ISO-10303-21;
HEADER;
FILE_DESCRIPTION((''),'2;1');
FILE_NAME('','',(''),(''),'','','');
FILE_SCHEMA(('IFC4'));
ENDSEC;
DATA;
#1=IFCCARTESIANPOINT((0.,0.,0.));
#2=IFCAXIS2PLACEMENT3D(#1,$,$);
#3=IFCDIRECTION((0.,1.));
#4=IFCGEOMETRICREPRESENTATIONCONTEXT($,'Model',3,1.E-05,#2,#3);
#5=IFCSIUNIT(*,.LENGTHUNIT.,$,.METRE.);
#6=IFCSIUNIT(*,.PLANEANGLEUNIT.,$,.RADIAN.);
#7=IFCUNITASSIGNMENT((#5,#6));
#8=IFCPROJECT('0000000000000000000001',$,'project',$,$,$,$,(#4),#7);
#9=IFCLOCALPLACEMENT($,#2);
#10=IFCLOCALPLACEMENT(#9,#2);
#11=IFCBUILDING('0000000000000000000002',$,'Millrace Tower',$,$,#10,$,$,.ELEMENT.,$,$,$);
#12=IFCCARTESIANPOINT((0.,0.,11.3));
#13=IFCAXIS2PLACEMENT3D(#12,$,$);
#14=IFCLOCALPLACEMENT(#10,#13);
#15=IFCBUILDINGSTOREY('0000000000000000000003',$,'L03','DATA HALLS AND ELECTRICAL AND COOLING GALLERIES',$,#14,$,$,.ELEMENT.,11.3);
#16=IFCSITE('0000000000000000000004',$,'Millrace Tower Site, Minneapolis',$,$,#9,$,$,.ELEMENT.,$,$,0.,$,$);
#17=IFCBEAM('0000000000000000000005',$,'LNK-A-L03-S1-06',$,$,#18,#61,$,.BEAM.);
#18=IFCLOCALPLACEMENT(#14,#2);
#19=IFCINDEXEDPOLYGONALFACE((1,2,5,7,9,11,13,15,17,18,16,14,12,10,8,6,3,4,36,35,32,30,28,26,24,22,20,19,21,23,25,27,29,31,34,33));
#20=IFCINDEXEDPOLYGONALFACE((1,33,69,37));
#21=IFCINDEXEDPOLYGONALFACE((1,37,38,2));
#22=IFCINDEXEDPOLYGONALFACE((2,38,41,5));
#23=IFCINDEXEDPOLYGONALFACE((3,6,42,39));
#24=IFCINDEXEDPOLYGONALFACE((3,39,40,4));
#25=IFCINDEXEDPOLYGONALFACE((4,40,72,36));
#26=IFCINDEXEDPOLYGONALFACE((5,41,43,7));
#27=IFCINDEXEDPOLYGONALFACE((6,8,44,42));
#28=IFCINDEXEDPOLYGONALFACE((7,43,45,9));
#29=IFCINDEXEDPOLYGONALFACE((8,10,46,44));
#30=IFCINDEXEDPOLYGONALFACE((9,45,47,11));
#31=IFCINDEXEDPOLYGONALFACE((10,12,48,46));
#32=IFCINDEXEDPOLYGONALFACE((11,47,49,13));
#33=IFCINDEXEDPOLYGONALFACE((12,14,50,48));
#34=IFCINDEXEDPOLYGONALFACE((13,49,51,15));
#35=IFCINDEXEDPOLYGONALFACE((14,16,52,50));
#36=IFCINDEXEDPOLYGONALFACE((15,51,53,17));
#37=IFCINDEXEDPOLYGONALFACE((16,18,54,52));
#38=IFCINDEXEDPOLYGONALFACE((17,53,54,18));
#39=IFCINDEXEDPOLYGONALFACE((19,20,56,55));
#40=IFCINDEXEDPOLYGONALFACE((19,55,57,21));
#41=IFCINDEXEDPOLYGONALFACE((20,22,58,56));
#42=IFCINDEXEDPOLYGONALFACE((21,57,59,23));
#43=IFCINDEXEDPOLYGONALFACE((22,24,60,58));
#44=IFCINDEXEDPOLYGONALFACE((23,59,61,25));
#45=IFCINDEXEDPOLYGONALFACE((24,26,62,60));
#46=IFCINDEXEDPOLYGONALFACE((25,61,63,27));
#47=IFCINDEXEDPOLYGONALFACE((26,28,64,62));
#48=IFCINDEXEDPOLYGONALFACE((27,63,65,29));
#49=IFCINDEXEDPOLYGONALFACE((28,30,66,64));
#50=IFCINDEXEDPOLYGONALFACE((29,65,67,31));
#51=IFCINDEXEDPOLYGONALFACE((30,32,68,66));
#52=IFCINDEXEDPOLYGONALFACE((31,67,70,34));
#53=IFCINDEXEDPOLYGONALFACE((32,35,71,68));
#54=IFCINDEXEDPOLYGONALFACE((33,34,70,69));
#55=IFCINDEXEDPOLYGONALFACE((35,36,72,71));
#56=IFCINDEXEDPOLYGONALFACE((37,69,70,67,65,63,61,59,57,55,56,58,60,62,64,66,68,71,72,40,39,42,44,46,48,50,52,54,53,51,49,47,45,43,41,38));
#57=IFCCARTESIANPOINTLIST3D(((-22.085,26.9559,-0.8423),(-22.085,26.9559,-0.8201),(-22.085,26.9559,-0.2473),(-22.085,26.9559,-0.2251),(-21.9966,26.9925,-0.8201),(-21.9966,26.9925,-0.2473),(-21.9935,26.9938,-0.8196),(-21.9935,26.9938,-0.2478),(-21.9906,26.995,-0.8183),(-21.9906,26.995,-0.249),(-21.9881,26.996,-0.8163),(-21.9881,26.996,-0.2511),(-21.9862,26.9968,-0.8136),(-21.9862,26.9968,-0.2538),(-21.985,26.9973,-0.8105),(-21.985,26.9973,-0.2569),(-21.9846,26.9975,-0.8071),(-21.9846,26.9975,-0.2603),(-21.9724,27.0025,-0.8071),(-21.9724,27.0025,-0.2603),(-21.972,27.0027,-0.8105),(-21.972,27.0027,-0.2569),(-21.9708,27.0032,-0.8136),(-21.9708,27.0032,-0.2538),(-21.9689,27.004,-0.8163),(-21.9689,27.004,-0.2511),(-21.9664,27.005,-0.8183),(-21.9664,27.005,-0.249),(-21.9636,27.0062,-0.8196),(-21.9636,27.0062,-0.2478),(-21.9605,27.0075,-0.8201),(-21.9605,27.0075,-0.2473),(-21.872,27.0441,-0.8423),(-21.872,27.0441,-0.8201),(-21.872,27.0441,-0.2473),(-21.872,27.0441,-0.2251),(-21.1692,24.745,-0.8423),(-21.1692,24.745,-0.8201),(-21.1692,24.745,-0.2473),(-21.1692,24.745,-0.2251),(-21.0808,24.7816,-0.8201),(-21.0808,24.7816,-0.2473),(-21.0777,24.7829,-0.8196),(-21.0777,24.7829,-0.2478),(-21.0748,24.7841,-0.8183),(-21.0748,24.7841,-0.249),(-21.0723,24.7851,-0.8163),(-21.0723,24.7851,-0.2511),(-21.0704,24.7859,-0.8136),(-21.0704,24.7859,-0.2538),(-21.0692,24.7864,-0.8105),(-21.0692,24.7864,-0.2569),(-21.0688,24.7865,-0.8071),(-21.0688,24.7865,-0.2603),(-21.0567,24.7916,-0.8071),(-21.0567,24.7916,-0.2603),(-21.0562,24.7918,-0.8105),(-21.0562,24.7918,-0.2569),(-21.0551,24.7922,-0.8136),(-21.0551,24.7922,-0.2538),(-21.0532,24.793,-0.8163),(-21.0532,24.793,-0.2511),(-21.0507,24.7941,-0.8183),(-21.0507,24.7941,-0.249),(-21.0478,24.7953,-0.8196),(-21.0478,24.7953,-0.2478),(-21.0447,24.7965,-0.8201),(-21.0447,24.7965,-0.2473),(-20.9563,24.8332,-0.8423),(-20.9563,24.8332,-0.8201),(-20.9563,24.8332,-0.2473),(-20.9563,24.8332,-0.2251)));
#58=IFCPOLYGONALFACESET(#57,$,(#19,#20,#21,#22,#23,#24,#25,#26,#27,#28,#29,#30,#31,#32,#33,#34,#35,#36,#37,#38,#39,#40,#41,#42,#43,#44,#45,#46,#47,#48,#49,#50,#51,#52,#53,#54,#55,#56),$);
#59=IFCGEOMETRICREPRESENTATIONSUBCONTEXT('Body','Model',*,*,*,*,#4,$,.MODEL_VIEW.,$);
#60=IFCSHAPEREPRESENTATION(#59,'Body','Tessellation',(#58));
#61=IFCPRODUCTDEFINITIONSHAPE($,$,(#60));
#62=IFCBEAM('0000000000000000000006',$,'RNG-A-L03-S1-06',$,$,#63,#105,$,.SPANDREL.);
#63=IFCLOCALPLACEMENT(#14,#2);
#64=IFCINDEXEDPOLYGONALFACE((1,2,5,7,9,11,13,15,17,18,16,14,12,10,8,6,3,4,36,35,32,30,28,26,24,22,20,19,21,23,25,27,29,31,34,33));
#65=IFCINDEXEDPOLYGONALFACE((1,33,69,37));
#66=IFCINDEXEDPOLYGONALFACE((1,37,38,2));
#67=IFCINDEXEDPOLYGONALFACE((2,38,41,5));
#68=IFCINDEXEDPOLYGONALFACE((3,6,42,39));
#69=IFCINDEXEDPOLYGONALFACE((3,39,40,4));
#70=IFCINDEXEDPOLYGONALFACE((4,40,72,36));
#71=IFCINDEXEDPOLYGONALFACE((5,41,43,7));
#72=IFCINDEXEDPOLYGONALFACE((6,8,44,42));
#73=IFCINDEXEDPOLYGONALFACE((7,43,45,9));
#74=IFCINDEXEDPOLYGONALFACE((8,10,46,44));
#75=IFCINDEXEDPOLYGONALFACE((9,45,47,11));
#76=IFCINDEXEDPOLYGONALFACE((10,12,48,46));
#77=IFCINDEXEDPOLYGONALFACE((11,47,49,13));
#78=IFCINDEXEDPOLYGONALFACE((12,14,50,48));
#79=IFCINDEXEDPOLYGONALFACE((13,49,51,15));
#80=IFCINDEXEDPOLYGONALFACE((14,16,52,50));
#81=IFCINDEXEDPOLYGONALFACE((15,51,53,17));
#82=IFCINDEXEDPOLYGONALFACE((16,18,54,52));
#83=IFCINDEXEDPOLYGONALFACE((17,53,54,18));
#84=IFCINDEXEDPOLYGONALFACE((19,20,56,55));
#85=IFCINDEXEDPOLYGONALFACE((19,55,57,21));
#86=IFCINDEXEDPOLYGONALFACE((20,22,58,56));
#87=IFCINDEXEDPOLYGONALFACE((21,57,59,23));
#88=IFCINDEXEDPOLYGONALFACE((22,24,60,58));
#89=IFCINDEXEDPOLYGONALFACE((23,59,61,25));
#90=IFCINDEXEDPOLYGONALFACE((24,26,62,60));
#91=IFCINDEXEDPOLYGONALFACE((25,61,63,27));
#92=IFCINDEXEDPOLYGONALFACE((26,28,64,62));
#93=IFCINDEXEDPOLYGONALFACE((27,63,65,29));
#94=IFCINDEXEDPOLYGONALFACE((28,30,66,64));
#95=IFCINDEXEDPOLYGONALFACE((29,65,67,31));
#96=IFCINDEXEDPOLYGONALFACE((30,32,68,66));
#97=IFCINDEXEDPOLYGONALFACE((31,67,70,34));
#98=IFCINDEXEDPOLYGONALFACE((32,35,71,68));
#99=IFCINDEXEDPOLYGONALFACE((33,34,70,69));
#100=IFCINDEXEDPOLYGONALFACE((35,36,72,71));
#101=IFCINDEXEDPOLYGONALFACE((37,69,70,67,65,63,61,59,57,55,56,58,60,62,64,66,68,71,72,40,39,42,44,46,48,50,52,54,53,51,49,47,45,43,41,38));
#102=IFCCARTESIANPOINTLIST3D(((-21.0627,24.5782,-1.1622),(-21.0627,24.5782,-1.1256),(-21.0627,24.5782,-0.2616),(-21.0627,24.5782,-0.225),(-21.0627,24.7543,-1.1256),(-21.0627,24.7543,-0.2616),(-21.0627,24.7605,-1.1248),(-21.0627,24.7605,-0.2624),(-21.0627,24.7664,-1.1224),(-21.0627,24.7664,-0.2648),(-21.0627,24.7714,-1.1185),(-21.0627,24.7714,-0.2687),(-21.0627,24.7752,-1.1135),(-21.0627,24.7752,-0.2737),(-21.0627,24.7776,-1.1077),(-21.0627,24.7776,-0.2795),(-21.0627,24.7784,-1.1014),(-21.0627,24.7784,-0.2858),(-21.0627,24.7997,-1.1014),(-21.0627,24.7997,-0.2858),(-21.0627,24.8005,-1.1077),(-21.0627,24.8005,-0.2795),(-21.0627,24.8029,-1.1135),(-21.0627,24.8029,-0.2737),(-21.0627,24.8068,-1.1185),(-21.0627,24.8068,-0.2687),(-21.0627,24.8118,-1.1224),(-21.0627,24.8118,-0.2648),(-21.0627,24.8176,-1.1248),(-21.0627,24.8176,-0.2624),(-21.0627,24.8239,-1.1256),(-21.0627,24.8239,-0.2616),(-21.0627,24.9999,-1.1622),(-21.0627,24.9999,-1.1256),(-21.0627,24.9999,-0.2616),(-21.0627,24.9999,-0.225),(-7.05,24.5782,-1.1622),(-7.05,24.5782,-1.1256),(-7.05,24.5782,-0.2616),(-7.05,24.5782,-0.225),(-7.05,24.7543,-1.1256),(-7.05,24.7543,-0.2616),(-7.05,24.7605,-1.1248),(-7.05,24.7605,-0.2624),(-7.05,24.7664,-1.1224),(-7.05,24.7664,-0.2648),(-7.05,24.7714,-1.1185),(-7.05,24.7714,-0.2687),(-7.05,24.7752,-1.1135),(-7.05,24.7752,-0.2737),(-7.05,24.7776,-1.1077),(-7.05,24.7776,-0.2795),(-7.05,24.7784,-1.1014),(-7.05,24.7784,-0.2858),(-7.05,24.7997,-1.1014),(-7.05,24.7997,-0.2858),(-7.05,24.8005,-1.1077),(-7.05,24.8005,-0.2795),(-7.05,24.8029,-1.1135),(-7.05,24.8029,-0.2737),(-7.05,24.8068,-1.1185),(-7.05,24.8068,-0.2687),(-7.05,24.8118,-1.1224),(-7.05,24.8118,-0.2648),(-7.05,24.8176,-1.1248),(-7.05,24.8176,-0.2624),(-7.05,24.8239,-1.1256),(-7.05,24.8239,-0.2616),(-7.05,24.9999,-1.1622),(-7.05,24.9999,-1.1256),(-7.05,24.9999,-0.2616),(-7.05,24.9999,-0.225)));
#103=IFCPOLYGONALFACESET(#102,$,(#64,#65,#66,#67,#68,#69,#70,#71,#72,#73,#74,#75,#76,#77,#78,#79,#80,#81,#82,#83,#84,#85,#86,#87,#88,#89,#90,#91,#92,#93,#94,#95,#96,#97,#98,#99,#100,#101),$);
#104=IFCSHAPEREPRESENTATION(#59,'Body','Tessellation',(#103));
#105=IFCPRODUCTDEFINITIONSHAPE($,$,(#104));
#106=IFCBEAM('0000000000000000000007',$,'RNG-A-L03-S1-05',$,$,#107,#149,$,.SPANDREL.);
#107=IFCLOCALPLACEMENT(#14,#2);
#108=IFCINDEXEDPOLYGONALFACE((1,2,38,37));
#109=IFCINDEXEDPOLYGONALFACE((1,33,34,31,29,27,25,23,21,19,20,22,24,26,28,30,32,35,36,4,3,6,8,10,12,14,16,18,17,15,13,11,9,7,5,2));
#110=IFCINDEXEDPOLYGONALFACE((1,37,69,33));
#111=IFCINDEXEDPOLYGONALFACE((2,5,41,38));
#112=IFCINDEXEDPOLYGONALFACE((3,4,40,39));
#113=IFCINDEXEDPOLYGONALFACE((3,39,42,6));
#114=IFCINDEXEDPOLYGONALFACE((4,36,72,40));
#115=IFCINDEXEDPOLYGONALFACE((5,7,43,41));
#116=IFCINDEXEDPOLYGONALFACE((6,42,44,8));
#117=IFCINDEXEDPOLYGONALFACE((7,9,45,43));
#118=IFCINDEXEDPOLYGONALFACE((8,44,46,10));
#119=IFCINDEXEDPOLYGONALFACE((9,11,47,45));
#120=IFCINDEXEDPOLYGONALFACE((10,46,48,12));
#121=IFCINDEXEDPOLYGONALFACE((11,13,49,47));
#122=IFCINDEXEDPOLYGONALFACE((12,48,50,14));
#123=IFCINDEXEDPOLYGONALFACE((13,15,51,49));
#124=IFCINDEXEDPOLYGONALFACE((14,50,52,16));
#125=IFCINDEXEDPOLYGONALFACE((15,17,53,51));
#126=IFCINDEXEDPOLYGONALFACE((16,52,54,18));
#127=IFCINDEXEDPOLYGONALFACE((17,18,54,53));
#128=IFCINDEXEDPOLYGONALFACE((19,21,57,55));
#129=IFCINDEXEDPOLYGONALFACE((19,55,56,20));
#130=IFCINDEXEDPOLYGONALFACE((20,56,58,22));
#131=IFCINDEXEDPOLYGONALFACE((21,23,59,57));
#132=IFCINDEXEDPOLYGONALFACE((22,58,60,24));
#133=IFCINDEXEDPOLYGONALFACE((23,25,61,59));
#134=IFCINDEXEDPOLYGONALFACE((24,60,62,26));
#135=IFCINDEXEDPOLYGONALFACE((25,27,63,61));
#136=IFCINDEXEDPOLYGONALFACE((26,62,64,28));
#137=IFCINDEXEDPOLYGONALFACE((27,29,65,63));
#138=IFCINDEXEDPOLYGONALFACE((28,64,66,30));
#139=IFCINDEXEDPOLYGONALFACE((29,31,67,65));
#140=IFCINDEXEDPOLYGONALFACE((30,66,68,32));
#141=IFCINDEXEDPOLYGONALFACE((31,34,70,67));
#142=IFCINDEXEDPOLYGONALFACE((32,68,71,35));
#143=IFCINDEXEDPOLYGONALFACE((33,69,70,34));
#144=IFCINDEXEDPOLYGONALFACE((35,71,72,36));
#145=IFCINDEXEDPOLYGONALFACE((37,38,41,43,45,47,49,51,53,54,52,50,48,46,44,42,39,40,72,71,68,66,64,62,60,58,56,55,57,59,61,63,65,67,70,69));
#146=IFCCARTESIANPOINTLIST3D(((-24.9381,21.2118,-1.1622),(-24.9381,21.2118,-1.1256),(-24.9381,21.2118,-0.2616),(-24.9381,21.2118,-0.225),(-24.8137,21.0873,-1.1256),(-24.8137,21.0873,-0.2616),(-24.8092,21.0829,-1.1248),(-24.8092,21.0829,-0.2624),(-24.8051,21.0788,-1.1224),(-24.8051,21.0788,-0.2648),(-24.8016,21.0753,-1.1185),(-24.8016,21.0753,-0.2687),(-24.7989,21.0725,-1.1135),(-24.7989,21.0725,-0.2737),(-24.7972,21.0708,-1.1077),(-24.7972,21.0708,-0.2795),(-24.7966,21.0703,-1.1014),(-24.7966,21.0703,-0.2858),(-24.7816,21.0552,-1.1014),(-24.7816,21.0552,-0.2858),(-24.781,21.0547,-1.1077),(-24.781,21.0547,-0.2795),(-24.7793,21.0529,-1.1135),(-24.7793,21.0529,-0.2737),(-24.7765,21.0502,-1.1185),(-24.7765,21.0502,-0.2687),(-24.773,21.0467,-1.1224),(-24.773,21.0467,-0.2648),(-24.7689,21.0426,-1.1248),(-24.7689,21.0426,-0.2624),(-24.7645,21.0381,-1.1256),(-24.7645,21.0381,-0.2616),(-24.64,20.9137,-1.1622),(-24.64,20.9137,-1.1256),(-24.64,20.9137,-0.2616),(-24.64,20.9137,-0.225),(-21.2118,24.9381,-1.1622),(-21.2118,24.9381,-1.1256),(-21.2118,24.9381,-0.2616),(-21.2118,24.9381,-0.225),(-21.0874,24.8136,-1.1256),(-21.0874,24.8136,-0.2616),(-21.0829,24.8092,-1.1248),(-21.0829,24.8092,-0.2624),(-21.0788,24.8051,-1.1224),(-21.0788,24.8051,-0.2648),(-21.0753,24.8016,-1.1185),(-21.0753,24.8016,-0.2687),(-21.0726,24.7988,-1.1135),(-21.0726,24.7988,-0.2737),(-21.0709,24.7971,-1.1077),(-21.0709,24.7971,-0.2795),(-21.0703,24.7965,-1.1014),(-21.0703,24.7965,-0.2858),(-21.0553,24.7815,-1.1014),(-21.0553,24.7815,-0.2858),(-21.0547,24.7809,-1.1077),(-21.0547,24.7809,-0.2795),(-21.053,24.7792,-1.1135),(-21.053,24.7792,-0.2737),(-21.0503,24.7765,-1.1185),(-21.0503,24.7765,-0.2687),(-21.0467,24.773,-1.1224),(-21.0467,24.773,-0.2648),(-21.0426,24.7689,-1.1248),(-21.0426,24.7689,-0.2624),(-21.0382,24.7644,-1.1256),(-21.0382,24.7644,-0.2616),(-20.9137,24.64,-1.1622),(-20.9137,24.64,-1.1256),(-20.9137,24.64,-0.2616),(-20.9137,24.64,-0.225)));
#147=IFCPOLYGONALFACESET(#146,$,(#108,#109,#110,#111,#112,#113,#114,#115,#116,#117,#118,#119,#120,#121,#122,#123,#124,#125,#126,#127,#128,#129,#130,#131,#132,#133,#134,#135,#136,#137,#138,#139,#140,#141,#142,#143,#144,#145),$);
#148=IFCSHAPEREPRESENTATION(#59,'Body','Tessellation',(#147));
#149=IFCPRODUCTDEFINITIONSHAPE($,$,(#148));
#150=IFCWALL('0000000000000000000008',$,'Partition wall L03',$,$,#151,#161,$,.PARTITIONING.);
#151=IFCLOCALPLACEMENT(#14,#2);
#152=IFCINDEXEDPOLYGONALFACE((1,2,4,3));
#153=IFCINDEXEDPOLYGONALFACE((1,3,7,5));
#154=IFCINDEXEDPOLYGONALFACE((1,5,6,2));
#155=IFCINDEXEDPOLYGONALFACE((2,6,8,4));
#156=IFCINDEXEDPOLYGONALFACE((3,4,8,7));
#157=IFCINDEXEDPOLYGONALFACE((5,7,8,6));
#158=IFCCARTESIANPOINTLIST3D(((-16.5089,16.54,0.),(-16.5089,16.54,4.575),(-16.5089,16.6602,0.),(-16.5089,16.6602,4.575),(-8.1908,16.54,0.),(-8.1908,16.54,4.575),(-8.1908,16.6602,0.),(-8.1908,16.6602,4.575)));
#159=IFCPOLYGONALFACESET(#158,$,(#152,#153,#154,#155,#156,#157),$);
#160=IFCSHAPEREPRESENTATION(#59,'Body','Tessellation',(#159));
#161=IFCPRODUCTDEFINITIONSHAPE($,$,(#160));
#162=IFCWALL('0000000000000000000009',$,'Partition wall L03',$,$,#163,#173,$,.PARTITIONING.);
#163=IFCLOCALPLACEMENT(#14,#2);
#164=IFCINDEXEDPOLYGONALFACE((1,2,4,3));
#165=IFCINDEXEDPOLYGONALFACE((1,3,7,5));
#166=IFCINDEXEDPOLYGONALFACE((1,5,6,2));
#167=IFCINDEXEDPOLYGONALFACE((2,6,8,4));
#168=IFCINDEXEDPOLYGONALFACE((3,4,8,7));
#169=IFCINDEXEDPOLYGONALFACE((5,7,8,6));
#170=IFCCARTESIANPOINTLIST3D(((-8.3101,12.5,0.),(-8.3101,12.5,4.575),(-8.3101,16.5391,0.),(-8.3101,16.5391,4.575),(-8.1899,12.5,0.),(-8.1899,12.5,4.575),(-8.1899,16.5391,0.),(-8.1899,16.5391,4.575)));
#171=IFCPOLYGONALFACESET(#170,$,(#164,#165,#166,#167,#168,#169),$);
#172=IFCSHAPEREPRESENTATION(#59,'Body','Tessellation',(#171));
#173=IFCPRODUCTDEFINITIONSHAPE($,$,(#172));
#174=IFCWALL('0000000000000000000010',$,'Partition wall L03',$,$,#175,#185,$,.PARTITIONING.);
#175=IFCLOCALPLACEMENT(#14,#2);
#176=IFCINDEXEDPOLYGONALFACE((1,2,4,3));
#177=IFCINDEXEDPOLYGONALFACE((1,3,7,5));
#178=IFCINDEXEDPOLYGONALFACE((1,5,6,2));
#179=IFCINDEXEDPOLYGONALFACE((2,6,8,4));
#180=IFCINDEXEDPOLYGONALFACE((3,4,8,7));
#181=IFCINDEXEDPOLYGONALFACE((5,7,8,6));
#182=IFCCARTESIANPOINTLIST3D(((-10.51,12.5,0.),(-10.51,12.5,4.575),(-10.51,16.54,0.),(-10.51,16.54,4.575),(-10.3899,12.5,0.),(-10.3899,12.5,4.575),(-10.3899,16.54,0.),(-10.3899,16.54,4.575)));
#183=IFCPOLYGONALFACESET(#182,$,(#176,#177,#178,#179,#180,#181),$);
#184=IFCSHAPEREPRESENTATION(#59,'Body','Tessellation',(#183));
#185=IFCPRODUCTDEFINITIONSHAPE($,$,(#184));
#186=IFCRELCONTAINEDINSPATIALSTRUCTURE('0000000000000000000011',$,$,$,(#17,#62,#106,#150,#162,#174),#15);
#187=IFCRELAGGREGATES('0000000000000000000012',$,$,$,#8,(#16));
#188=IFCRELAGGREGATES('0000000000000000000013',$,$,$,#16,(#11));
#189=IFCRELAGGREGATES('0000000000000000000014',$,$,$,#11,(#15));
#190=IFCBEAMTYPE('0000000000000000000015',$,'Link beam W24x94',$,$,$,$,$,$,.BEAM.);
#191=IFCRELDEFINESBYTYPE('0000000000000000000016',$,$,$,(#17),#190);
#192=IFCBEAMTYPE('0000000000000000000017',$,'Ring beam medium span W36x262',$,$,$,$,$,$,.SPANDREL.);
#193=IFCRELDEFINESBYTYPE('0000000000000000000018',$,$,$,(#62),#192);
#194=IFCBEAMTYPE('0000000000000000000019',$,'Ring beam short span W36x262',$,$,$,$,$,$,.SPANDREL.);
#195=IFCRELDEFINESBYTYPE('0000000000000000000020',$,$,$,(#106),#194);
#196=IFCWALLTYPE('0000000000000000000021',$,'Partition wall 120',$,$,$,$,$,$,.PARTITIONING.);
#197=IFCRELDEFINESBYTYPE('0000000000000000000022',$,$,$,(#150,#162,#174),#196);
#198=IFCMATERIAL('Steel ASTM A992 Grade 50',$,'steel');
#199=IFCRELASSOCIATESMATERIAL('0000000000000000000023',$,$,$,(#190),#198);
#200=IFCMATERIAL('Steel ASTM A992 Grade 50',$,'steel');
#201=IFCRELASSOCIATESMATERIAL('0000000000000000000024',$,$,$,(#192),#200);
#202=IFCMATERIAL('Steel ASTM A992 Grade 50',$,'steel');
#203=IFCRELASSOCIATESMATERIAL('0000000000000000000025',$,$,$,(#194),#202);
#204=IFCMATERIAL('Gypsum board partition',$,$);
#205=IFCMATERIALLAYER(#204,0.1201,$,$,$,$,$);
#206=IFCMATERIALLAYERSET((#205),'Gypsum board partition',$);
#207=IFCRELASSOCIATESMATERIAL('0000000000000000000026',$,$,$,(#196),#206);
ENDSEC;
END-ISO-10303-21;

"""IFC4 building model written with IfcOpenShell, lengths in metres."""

from ifc_helpers import new_model, si_unit, direction, frame, frame_2d, origin, origin_2d, place, context, subcontext, project, spatial, rectangle, i_section, extrude, material, layer, layer_set, material_profile, profile_set, type_object, element, save


model = new_model("IFC4")

# Units and contexts
model_context = context("Model", 3, precision=1e-05, world=origin(), true_north=direction((0.0, 1.0)))
body_context = subcontext(model_context, "Body", "Model", "MODEL_VIEW")
ifc_project = project(units=[si_unit("LENGTHUNIT", "METRE"), si_unit("PLANEANGLEUNIT", "RADIAN")], contexts=[model_context])

# Site, building, storey
site_placement = place(None, origin())
site = spatial("IfcSite", under=ifc_project, at=site_placement, Name="Millrace Tower Site, Minneapolis", CompositionType="ELEMENT", RefElevation=0.0)
building_placement = place(site_placement, origin())
building = spatial("IfcBuilding", under=site, at=building_placement, Name="Millrace Tower", CompositionType="ELEMENT")
storey_placement = place(building_placement, frame((0.0, 0.0, 11.3)))
storey = spatial("IfcBuildingStorey", under=building, at=storey_placement, Name="L03", Description="DATA HALLS AND ELECTRICAL AND COOLING GALLERIES", CompositionType="ELEMENT", Elevation=11.3)

# Beams
ifc_material_1 = material(Name="Steel ASTM A992 Grade 50", Category="steel")
ifc_material_profile_1 = material_profile(ifc_material_1, i_section(OverallWidth=0.2305, OverallDepth=0.6172, WebThickness=0.0132, FlangeThickness=0.0222, FilletRadius=0.0129, at=origin_2d()))
ifc_profile_set_1 = profile_set([ifc_material_profile_1], Name="Steel ASTM A992 Grade 50")
beam_type_1 = type_object("IfcBeamType", Name="Link beam W24x94", PredefinedType="BEAM", material=ifc_profile_set_1)
for number, where, z_axis, x_axis, name in (
    (1, (-21.0627, 24.7891, -0.5337), (-0.382673, 0.923884, 0.0), (-0.923884, -0.382673, 0.0), "LNK-A-L03-S1-06"),
):
    element("IfcBeam", number, at=place(storey_placement, frame(where, z_axis=z_axis, x_axis=x_axis)), inside=storey, type_object=beam_type_1, Name=name, PredefinedType="BEAM", context=body_context, shape_type="SweptSolid", body=[
        extrude(i_section(OverallWidth=0.2305, OverallDepth=0.6172, WebThickness=0.0132, FlangeThickness=0.0222, FilletRadius=0.0129, at=origin_2d()), origin(), (0.0, 0.0, 1.0), 2.3931),
    ])
ifc_material_2 = material(Name="Steel ASTM A992 Grade 50", Category="steel")
ifc_material_profile_2 = material_profile(ifc_material_2, i_section(OverallWidth=0.4216, OverallDepth=0.9373, WebThickness=0.0212, FlangeThickness=0.0366, FilletRadius=0.0242, at=origin_2d()))
ifc_profile_set_2 = profile_set([ifc_material_profile_2], Name="Steel ASTM A992 Grade 50")
beam_type_2 = type_object("IfcBeamType", Name="Ring beam medium span W36x262", PredefinedType="SPANDREL", material=ifc_profile_set_2)
beam_1_placement = place(storey_placement, frame((-21.0627, 24.7891, -0.6936), z_axis=(1.0, 0.0, 0.0), x_axis=(0.0, 1.0, 0.0)))
element("IfcBeam", 2, at=beam_1_placement, inside=storey, type_object=beam_type_2, Name="RNG-A-L03-S1-06", PredefinedType="SPANDREL", context=body_context, shape_type="SweptSolid", body=[
    extrude(i_section(OverallWidth=0.4216, OverallDepth=0.9373, WebThickness=0.0212, FlangeThickness=0.0366, FilletRadius=0.0242, at=origin_2d()), origin(), (0.0, 0.0, 1.0), 14.0127),
])
ifc_material_3 = material(Name="Steel ASTM A992 Grade 50", Category="steel")
ifc_material_profile_3 = material_profile(ifc_material_3, i_section(OverallWidth=0.4216, OverallDepth=0.9373, WebThickness=0.0212, FlangeThickness=0.0366, FilletRadius=0.0242, at=origin_2d()))
ifc_profile_set_3 = profile_set([ifc_material_profile_3], Name="Steel ASTM A992 Grade 50")
beam_type_3 = type_object("IfcBeamType", Name="Ring beam short span W36x262", PredefinedType="SPANDREL", material=ifc_profile_set_3)
beam_2_placement = place(storey_placement, frame((-24.7891, 21.0627, -0.6936), z_axis=(0.707107, 0.707107, 0.0), x_axis=(-0.707107, 0.707107, 0.0)))
element("IfcBeam", 3, at=beam_2_placement, inside=storey, type_object=beam_type_3, Name="RNG-A-L03-S1-05", PredefinedType="SPANDREL", context=body_context, shape_type="SweptSolid", body=[
    extrude(i_section(OverallWidth=0.4216, OverallDepth=0.9373, WebThickness=0.0212, FlangeThickness=0.0366, FilletRadius=0.0242, at=origin_2d()), origin(), (0.0, 0.0, 1.0), 5.2698),
])

# Walls
ifc_material_4 = material(Name="Gypsum board partition")
ifc_layer_1 = layer(ifc_material_4, 0.1201)
ifc_layer_set_1 = layer_set([ifc_layer_1], Name="Gypsum board partition")
wall_type = type_object("IfcWallType", Name="Partition wall 120", PredefinedType="PARTITIONING", material=ifc_layer_set_1)
wall_1_placement = place(storey_placement, frame((-16.509, 16.6001, 0.0), z_axis=(0.0, 0.0, 1.0), x_axis=(1.0, 0.0, 0.0)))
element("IfcWall", 4, at=wall_1_placement, inside=storey, type_object=wall_type, Name="Partition wall L03", PredefinedType="PARTITIONING", context=body_context, shape_type="SweptSolid", body=[
    extrude(rectangle(XDim=8.3181, YDim=0.1201, at=frame_2d((4.1592, 0.0))), origin(), (0.0, 0.0, 1.0), 4.575),
])
wall_2_placement = place(storey_placement, frame((-8.25, 12.5, 0.0), z_axis=(0.0, 0.0, 1.0), x_axis=(0.0, 1.0, 0.0)))
element("IfcWall", 5, at=wall_2_placement, inside=storey, type_object=wall_type, Name="Partition wall L03", PredefinedType="PARTITIONING", context=body_context, shape_type="SweptSolid", body=[
    extrude(rectangle(XDim=4.0391, YDim=0.1201, at=frame_2d((2.0195, 0.0))), origin(), (0.0, 0.0, 1.0), 4.575),
])
for number, where, z_axis, x_axis, name in (
    (6, (-10.45, 12.5, 0.0), (0.0, 0.0, 1.0), (0.0, 1.0, 0.0), "Partition wall L03"),
):
    element("IfcWall", number, at=place(storey_placement, frame(where, z_axis=z_axis, x_axis=x_axis)), inside=storey, type_object=wall_type, Name=name, PredefinedType="PARTITIONING", context=body_context, shape_type="SweptSolid", body=[
        extrude(rectangle(XDim=4.04, YDim=0.1201, at=frame_2d((2.02, 0.0))), origin(), (0.0, 0.0, 1.0), 4.575),
    ])

save(model, "model.ifc")
